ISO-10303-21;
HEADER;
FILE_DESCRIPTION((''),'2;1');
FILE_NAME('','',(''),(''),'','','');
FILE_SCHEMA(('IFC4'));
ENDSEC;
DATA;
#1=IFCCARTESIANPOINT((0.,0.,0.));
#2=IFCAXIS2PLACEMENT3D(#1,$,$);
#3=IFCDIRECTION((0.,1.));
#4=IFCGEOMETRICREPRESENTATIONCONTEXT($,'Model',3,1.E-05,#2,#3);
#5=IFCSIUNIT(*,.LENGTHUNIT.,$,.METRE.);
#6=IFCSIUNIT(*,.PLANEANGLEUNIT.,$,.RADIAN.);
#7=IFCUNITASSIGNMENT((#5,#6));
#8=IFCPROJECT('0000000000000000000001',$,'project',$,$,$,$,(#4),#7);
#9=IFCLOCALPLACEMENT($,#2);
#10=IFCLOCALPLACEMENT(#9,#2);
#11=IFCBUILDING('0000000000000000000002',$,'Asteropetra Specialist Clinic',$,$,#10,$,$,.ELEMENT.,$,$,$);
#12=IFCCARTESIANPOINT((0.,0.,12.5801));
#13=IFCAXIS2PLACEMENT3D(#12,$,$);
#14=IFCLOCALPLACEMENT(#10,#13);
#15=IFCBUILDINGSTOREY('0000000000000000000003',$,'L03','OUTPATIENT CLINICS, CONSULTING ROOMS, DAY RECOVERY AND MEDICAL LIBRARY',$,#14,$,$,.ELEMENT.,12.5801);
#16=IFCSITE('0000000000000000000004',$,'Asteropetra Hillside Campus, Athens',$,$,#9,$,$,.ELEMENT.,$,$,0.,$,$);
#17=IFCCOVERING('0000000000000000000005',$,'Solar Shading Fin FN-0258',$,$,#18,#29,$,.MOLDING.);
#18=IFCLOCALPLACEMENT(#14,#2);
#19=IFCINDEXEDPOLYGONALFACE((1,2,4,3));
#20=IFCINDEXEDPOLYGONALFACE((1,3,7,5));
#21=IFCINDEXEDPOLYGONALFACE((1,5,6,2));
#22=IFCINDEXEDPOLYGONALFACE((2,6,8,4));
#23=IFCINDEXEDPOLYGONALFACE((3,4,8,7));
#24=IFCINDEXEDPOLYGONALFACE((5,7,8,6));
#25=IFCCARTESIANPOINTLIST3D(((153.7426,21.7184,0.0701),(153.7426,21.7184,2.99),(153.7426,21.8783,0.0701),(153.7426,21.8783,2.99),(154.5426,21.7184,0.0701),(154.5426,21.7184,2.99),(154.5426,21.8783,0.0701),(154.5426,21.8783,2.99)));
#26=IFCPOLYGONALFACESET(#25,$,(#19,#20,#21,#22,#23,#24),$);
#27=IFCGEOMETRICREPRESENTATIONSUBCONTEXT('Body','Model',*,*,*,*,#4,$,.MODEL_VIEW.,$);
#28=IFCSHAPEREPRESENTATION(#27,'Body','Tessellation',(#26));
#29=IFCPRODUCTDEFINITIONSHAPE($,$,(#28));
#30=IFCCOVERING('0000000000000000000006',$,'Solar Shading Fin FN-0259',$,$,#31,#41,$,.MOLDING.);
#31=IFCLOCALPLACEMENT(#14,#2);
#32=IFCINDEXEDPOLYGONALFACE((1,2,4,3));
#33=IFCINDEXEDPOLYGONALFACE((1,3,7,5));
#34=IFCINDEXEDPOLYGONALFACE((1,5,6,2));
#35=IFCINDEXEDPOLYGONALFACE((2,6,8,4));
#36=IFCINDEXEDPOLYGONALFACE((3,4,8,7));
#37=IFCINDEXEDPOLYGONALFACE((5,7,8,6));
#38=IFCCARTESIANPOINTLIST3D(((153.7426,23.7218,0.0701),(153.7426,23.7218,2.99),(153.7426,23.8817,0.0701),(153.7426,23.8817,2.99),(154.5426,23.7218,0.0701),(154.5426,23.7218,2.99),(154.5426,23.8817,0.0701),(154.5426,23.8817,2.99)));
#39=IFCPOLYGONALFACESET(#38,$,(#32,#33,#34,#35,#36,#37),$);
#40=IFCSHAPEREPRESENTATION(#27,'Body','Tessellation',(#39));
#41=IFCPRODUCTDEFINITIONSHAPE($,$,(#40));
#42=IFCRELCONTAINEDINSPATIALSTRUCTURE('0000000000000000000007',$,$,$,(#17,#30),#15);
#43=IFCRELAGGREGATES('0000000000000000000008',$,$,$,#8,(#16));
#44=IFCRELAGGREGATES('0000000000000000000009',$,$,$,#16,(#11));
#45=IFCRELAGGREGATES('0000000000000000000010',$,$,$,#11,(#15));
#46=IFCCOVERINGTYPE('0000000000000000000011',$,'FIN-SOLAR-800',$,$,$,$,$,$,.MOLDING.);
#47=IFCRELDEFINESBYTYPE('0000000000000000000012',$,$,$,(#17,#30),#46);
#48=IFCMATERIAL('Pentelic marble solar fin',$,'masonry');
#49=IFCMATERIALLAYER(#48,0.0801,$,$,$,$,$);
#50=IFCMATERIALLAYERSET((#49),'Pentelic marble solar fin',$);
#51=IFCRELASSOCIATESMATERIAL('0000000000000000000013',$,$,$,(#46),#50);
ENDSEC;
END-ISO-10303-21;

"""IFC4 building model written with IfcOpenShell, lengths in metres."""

from ifc_helpers import new_model, si_unit, direction, frame, origin, origin_2d, place, context, subcontext, project, spatial, rectangle, extrude, material, layer, layer_set, type_object, element, save


model = new_model("IFC4")

# Units and contexts
model_context = context("Model", 3, precision=1e-05, world=origin(), true_north=direction((0.0, 1.0)))
body_context = subcontext(model_context, "Body", "Model", "MODEL_VIEW")
ifc_project = project(units=[si_unit("LENGTHUNIT", "METRE"), si_unit("PLANEANGLEUNIT", "RADIAN")], contexts=[model_context])

# Site, building, storey
site_placement = place(None, origin())
site = spatial("IfcSite", under=ifc_project, at=site_placement, Name="Asteropetra Hillside Campus, Athens", CompositionType="ELEMENT", RefElevation=0.0)
building_placement = place(site_placement, origin())
building = spatial("IfcBuilding", under=site, at=building_placement, Name="Asteropetra Specialist Clinic", CompositionType="ELEMENT")
storey_placement = place(building_placement, frame((0.0, 0.0, 12.5801)))
storey = spatial("IfcBuildingStorey", under=building, at=storey_placement, Name="L03", Description="OUTPATIENT CLINICS, CONSULTING ROOMS, DAY RECOVERY AND MEDICAL LIBRARY", CompositionType="ELEMENT", Elevation=12.5801)

# Coverings
ifc_material_1 = material(Name="Pentelic marble solar fin", Category="masonry")
ifc_layer_1 = layer(ifc_material_1, 0.0801)
ifc_layer_set_1 = layer_set([ifc_layer_1], Name="Pentelic marble solar fin")
covering_type = type_object("IfcCoveringType", Name="FIN-SOLAR-800", PredefinedType="MOLDING", material=ifc_layer_set_1)
for number, where, z_axis, x_axis, name in (
    (1, (154.1426, 21.7983, 0.0701), (0.0, 0.0, 1.0), (1.0, 0.0, 0.0), "Solar Shading Fin FN-0258"),
    (2, (154.1426, 23.8018, 0.0701), (0.0, 0.0, 1.0), (1.0, 0.0, 0.0), "Solar Shading Fin FN-0259"),
):
    element("IfcCovering", number, at=place(storey_placement, frame(where, z_axis=z_axis, x_axis=x_axis)), inside=storey, type_object=covering_type, Name=name, PredefinedType="MOLDING", context=body_context, shape_type="SweptSolid", body=[
        extrude(rectangle(XDim=0.8, YDim=0.1599, at=origin_2d()), origin(), (0.0, 0.0, 1.0), 2.9199),
    ])

save(model, "model.ifc")
